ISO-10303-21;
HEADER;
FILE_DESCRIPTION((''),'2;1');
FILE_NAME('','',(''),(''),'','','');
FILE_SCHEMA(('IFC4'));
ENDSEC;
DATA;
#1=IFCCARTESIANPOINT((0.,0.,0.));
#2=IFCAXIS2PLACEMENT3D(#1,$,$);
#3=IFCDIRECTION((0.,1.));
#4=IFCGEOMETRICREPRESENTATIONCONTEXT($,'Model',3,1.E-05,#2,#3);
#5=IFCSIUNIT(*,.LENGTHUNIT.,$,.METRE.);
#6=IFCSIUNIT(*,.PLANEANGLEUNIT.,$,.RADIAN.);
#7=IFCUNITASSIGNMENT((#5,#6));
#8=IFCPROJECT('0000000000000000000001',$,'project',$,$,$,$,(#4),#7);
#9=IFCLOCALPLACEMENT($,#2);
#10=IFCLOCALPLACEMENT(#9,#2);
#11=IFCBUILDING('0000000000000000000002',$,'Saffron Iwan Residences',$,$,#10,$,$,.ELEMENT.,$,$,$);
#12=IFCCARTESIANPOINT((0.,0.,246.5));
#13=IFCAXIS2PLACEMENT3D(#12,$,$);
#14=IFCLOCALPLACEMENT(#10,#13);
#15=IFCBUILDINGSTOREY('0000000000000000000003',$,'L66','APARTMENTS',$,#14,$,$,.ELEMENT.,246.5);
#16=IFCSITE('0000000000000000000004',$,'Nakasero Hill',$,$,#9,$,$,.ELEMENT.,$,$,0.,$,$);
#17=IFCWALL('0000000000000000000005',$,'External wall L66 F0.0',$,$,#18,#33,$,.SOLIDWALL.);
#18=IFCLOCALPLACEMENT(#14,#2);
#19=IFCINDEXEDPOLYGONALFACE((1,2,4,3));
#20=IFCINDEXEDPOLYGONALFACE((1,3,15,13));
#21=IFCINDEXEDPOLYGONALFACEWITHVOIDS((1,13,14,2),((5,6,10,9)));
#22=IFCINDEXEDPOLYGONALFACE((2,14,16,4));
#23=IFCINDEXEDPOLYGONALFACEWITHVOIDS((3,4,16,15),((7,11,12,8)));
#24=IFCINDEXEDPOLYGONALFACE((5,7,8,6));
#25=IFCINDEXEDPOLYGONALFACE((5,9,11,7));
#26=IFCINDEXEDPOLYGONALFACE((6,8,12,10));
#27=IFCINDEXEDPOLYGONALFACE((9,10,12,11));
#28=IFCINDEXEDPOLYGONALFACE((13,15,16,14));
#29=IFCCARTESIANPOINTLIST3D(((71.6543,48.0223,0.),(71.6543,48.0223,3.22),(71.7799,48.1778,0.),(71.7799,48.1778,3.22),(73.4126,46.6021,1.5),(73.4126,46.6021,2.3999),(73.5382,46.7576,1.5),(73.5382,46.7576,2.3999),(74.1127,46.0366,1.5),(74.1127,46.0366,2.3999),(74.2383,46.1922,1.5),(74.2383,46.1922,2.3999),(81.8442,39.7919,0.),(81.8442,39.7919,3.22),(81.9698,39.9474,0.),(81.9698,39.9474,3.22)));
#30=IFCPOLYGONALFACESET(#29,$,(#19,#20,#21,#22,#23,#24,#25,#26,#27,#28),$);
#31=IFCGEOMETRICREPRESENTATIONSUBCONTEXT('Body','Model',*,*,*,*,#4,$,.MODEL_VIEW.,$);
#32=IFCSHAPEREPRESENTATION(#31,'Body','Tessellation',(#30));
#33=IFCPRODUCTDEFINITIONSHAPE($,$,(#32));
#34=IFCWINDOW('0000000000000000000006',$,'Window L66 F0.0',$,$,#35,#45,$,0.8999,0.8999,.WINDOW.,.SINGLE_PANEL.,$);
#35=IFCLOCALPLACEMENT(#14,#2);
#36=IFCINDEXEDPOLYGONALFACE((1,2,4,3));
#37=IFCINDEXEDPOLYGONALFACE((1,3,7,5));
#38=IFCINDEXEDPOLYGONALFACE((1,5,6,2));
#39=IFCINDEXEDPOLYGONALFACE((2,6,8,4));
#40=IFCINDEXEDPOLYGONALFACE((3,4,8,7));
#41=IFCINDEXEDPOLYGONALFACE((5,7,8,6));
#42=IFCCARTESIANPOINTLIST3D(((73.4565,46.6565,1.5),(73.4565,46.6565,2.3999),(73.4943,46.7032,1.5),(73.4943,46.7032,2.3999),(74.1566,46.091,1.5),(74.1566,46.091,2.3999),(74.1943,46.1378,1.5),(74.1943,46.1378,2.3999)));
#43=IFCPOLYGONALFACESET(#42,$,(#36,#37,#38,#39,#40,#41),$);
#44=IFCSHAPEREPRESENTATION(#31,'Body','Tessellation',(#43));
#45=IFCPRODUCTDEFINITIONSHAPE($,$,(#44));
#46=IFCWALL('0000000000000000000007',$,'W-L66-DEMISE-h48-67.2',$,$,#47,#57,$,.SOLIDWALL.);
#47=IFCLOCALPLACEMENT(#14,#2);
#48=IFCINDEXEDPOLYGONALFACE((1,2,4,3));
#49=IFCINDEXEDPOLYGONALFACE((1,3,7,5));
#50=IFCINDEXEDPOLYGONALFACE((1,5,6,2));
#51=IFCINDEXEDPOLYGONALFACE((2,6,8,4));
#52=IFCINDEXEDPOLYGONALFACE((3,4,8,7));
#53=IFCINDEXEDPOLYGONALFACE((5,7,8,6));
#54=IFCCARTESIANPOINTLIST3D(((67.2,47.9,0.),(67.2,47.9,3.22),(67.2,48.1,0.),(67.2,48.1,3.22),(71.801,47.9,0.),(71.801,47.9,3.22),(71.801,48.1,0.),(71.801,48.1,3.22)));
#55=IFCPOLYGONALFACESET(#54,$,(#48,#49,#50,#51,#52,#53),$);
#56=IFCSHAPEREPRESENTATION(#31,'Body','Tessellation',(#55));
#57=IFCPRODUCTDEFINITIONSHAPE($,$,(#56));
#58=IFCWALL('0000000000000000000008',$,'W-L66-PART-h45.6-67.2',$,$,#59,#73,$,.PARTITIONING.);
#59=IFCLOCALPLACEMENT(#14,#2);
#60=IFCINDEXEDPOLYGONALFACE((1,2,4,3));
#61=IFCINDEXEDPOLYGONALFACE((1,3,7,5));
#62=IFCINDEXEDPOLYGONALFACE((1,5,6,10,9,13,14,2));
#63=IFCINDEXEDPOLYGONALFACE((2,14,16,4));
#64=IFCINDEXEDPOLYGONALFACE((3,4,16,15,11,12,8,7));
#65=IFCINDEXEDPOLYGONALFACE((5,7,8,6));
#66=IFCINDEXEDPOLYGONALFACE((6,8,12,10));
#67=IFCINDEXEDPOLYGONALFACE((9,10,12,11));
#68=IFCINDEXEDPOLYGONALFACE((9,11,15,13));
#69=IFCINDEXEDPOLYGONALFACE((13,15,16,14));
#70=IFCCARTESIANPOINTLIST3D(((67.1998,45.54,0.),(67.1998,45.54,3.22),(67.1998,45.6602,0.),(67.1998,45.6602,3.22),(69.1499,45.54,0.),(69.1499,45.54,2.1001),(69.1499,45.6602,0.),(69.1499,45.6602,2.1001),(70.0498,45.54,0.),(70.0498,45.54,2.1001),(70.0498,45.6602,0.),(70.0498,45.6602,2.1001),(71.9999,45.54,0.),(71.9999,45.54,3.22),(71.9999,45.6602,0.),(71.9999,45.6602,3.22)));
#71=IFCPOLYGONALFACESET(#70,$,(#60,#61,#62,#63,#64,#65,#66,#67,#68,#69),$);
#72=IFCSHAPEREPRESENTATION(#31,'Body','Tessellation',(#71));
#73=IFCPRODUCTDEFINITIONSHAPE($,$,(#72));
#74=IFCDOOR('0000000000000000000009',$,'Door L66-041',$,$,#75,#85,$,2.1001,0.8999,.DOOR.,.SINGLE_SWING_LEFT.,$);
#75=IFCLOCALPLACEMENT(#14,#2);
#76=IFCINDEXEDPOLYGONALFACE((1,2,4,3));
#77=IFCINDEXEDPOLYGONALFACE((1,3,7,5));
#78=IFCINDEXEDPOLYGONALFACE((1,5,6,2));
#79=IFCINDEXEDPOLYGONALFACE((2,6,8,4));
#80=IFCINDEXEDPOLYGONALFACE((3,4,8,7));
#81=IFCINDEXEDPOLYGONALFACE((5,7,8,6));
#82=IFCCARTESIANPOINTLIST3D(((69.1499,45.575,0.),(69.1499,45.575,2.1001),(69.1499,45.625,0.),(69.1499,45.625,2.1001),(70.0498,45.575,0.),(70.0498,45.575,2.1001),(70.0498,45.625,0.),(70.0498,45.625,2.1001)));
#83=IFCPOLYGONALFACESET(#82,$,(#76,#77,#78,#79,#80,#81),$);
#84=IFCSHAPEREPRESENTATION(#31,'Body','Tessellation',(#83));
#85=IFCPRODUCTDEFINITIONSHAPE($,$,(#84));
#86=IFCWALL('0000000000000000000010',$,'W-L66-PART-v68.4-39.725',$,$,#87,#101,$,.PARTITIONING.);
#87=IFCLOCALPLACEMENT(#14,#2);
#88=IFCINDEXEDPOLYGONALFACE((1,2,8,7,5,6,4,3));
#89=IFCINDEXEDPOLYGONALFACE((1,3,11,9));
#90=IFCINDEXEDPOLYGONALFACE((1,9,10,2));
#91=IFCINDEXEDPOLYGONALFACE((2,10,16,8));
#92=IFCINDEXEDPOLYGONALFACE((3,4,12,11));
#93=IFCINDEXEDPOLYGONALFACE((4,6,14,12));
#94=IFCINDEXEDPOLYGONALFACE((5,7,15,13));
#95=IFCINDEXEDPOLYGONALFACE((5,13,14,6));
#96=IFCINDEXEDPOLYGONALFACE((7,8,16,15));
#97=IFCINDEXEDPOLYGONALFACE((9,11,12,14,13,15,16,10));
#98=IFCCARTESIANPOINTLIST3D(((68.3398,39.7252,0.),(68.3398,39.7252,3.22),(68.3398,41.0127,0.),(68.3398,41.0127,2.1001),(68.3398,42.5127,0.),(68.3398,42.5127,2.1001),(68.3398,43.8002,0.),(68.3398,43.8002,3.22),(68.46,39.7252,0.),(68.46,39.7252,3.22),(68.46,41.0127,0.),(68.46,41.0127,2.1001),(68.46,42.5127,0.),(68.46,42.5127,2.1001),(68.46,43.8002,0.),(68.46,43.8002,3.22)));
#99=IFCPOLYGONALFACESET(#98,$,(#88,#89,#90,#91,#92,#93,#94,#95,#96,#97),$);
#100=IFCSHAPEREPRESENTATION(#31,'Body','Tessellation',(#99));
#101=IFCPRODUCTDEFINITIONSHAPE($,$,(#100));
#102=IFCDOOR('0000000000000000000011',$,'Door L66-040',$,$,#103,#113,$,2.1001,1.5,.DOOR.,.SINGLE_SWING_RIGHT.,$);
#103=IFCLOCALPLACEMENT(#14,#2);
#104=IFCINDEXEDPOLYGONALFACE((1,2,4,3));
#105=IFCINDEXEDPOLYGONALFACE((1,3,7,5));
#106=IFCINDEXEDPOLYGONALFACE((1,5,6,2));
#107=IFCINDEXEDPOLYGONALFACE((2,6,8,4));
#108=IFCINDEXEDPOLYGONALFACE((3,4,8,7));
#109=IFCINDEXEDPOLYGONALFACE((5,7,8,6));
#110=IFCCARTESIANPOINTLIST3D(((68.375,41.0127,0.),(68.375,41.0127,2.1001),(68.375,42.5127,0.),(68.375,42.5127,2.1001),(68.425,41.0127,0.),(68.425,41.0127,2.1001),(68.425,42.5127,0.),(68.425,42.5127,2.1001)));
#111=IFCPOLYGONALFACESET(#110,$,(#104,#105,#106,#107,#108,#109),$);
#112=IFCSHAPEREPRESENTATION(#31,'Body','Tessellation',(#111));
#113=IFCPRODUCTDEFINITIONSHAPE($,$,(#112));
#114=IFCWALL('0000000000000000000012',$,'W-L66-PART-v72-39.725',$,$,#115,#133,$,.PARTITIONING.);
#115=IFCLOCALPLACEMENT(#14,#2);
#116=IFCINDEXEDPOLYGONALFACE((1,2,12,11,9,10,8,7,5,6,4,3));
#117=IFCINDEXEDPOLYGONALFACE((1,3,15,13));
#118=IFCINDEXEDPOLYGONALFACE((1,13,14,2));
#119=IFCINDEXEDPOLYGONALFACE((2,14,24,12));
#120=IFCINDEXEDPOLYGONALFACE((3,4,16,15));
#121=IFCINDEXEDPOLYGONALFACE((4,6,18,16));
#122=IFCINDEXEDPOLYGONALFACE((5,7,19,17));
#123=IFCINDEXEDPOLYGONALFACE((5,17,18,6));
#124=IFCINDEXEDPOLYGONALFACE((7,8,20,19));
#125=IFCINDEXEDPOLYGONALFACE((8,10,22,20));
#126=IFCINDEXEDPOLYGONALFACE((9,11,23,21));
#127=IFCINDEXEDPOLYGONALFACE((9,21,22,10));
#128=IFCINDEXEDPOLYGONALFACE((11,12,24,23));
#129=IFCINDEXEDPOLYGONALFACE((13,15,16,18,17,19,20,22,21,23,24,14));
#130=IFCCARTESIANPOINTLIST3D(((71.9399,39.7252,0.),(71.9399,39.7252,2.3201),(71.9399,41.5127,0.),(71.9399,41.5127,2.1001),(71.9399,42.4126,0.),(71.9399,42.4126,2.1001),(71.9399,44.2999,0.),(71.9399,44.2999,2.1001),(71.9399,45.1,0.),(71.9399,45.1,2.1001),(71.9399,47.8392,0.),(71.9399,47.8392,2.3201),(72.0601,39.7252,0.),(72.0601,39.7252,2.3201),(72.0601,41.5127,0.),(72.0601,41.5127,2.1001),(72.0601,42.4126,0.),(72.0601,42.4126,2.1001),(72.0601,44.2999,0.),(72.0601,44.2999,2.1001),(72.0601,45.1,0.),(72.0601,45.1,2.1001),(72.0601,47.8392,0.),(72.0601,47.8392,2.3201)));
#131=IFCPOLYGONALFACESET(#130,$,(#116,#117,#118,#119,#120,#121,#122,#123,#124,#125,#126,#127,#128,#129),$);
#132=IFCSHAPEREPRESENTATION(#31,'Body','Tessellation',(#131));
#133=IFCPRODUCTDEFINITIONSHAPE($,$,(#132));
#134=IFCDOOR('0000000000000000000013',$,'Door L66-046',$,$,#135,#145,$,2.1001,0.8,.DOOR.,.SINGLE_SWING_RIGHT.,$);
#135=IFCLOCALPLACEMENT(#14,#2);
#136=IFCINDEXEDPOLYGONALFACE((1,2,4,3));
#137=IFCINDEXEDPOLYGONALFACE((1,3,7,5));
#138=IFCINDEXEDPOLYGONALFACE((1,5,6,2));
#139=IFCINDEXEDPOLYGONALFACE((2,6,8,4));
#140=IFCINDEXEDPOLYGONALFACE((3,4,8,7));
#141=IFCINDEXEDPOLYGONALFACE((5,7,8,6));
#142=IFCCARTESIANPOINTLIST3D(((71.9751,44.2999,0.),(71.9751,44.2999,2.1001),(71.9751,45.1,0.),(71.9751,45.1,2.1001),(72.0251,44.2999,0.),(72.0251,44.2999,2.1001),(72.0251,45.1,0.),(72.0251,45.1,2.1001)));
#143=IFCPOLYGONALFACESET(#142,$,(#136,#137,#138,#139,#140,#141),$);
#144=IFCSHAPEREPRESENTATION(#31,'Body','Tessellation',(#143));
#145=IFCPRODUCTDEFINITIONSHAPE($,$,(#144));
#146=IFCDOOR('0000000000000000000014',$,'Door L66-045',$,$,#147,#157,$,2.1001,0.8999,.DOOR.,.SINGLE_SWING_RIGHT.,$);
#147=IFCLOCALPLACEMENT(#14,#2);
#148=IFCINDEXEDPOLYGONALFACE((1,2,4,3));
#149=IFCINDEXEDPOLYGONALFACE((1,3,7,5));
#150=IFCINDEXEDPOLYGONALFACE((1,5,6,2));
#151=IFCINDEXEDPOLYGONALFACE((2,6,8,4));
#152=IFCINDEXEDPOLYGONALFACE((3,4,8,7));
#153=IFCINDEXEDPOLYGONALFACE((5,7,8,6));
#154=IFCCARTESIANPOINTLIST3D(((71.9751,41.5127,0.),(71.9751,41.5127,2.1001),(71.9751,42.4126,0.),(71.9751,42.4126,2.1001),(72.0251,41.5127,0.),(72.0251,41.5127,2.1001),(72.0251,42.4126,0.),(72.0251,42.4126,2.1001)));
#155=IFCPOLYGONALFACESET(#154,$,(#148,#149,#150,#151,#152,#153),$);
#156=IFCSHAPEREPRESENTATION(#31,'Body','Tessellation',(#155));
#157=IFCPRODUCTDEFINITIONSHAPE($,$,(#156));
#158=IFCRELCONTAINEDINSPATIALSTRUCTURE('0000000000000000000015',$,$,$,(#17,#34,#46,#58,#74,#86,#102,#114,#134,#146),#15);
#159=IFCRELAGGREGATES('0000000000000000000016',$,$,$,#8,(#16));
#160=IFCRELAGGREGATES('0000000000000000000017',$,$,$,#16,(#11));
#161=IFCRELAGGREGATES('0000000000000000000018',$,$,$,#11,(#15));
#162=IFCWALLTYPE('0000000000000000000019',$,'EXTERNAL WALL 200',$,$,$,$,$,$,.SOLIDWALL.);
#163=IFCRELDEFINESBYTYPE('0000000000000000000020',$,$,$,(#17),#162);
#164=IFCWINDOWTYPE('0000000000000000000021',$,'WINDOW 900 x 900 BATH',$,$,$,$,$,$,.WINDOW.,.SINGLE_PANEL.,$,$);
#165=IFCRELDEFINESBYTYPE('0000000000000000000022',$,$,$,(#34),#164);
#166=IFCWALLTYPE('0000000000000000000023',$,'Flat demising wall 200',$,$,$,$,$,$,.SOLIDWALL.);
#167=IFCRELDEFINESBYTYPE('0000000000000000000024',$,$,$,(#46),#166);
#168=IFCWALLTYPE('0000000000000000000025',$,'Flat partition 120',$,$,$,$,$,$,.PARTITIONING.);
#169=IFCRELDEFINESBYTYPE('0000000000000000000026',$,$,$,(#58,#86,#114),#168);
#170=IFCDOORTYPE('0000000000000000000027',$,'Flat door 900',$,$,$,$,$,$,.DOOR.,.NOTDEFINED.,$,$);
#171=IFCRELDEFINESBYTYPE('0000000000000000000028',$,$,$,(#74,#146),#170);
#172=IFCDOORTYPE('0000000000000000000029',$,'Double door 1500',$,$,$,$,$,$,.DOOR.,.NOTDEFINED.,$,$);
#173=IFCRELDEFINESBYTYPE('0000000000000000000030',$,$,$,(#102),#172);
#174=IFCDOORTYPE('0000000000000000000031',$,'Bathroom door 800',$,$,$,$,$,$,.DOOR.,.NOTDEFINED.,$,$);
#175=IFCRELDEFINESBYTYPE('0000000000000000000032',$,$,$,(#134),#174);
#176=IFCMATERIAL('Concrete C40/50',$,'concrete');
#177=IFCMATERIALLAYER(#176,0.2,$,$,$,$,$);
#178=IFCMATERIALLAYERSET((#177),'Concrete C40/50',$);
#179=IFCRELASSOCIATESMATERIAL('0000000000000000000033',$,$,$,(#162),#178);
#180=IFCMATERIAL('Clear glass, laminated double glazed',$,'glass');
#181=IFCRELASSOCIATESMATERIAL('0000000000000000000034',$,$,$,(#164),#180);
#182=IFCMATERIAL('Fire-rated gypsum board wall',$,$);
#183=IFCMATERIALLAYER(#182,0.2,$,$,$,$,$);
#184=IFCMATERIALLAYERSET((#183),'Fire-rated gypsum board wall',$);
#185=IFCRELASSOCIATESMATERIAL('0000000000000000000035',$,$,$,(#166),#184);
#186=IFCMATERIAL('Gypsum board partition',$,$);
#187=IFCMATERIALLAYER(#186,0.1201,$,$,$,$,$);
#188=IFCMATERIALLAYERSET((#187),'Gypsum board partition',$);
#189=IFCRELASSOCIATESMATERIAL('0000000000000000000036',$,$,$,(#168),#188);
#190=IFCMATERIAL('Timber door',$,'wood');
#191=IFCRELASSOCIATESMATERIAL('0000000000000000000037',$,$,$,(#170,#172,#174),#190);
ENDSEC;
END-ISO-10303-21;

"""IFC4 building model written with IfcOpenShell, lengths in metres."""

from ifc_helpers import new_model, si_unit, direction, frame, frame_2d, origin, place, context, subcontext, project, spatial, rectangle, extrude, material, layer, layer_set, type_object, element, fill, save


model = new_model("IFC4")

# Units and contexts
model_context = context("Model", 3, precision=1e-05, world=origin(), true_north=direction((0.0, 1.0)))
body_context = subcontext(model_context, "Body", "Model", "MODEL_VIEW")
ifc_project = project(units=[si_unit("LENGTHUNIT", "METRE"), si_unit("PLANEANGLEUNIT", "RADIAN")], contexts=[model_context])

# Site, building, storey
site_placement = place(None, origin())
site = spatial("IfcSite", under=ifc_project, at=site_placement, Name="Nakasero Hill", CompositionType="ELEMENT", RefElevation=0.0)
building_placement = place(site_placement, origin())
building = spatial("IfcBuilding", under=site, at=building_placement, Name="Saffron Iwan Residences", CompositionType="ELEMENT")
storey_placement = place(building_placement, frame((0.0, 0.0, 246.5)))
storey = spatial("IfcBuildingStorey", under=building, at=storey_placement, Name="L66", Description="APARTMENTS", CompositionType="ELEMENT", Elevation=246.5)

# Shared definitions
ifc_material_1 = material(Name="Concrete C40/50", Category="concrete")

# Wall, opening, window
ifc_layer_1 = layer(ifc_material_1, 0.2)
ifc_layer_set_1 = layer_set([ifc_layer_1], Name="Concrete C40/50")
wall_type_1 = type_object("IfcWallType", Name="EXTERNAL WALL 200", PredefinedType="SOLIDWALL", material=ifc_layer_set_1)
wall_1_placement = place(storey_placement, frame((81.907, 39.8696, 0.0), z_axis=(0.0, 0.0, 1.0), x_axis=(-0.777936, 0.628343, 0.0)))
wall_1 = element("IfcWall", 1, at=wall_1_placement, inside=storey, type_object=wall_type_1, Name="External wall L66 F0.0", PredefinedType="SOLIDWALL", context=body_context, shape_type="SweptSolid", body=[
    extrude(rectangle(XDim=13.0986, YDim=0.2, at=frame_2d((6.5493, 0.0))), origin(), (0.0, 0.0, 1.0), 3.22),
])
opening_1_placement = place(wall_1_placement, frame((9.9385, 0.0, 1.5)))
opening_1 = element("IfcOpeningElement", 2, at=opening_1_placement, cuts=wall_1, PredefinedType="OPENING", context=body_context, shape_type="SweptSolid", body=[
    extrude(rectangle(XDim=0.8999, YDim=0.8999, at=frame_2d((0.45, 0.45))), frame((0.0, 0.1099, 0.0), z_axis=(0.0, -1.0, 0.0), x_axis=(1.0, 0.0, 0.0)), (0.0, 0.0, 1.0), 0.22),
])
ifc_material_2 = material(Name="Clear glass, laminated double glazed", Category="glass")
window_type = type_object("IfcWindowType", Name="WINDOW 900 x 900 BATH", PartitioningType="SINGLE_PANEL", PredefinedType="WINDOW", material=ifc_material_2)
window_placement = place(opening_1_placement, origin())
window = element("IfcWindow", 3, at=window_placement, inside=storey, type_object=window_type, Name="Window L66 F0.0", OverallHeight=0.8999, OverallWidth=0.8999, PartitioningType="SINGLE_PANEL", PredefinedType="WINDOW", context=body_context, shape_type="SweptSolid", body=[
    extrude(rectangle(XDim=0.8999, YDim=0.8999, at=frame_2d((0.45, 0.45))), frame((0.0, 0.03, 0.0), z_axis=(0.0, -1.0, 0.0), x_axis=(1.0, 0.0, 0.0)), (0.0, 0.0, 1.0), 0.0601),
])
fill(opening_1, window)

# Wall
ifc_material_3 = material(Name="Fire-rated gypsum board wall")
ifc_layer_2 = layer(ifc_material_3, 0.2)
ifc_layer_set_2 = layer_set([ifc_layer_2], Name="Fire-rated gypsum board wall")
wall_type_2 = type_object("IfcWallType", Name="Flat demising wall 200", PredefinedType="SOLIDWALL", material=ifc_layer_set_2)
wall_2_placement = place(storey_placement, frame((67.2, 48.0, 0.0), z_axis=(0.0, 0.0, 1.0), x_axis=(1.0, 0.0, 0.0)))
element("IfcWall", 4, at=wall_2_placement, inside=storey, type_object=wall_type_2, Name="W-L66-DEMISE-h48-67.2", PredefinedType="SOLIDWALL", context=body_context, shape_type="SweptSolid", body=[
    extrude(rectangle(XDim=4.6011, YDim=0.2, at=frame_2d((2.3005, 0.0))), origin(), (0.0, 0.0, 1.0), 3.22),
])

# Walls, openings, doors
ifc_material_4 = material(Name="Gypsum board partition")
ifc_layer_3 = layer(ifc_material_4, 0.1201)
ifc_layer_set_3 = layer_set([ifc_layer_3], Name="Gypsum board partition")
wall_type_3 = type_object("IfcWallType", Name="Flat partition 120", PredefinedType="PARTITIONING", material=ifc_layer_set_3)
wall_3_placement = place(storey_placement, frame((67.2, 45.6001, 0.0), z_axis=(0.0, 0.0, 1.0), x_axis=(1.0, 0.0, 0.0)))
wall_3 = element("IfcWall", 5, at=wall_3_placement, inside=storey, type_object=wall_type_3, Name="W-L66-PART-h45.6-67.2", PredefinedType="PARTITIONING", context=body_context, shape_type="SweptSolid", body=[
    extrude(rectangle(XDim=4.8, YDim=0.1201, at=frame_2d((2.3999, 0.0))), origin(), (0.0, 0.0, 1.0), 3.22),
])
opening_2_placement = place(wall_3_placement, frame((1.95, 0.0, 0.0)))
opening_2 = element("IfcOpeningElement", 6, at=opening_2_placement, cuts=wall_3, PredefinedType="OPENING", context=body_context, shape_type="SweptSolid", body=[
    extrude(rectangle(XDim=0.8999, YDim=2.1001, at=frame_2d((0.45, 1.05))), frame((0.0, 0.0701, 0.0), z_axis=(0.0, -1.0, 0.0), x_axis=(1.0, 0.0, 0.0)), (0.0, 0.0, 1.0), 0.1401),
])
ifc_material_5 = material(Name="Timber door", Category="wood")
door_type_1 = type_object("IfcDoorType", Name="Flat door 900", OperationType="NOTDEFINED", PredefinedType="DOOR", material=ifc_material_5)
door_1_placement = place(opening_2_placement, origin())
door_1 = element("IfcDoor", 7, at=door_1_placement, inside=storey, type_object=door_type_1, Name="Door L66-041", OperationType="SINGLE_SWING_LEFT", OverallHeight=2.1001, OverallWidth=0.8999, PredefinedType="DOOR", context=body_context, shape_type="SweptSolid", body=[
    extrude(rectangle(XDim=0.8999, YDim=2.1001, at=frame_2d((0.45, 1.05))), frame((0.0, 0.0249, 0.0), z_axis=(0.0, -1.0, 0.0), x_axis=(1.0, 0.0, 0.0)), (0.0, 0.0, 1.0), 0.05),
])
fill(opening_2, door_1)
wall_4_placement = place(storey_placement, frame((68.3999, 39.7251, 0.0), z_axis=(0.0, 0.0, 1.0), x_axis=(0.0, 1.0, 0.0)))
wall_4 = element("IfcWall", 8, at=wall_4_placement, inside=storey, type_object=wall_type_3, Name="W-L66-PART-v68.4-39.725", PredefinedType="PARTITIONING", context=body_context, shape_type="SweptSolid", body=[
    extrude(rectangle(XDim=4.075, YDim=0.1201, at=frame_2d((2.0376, 0.0))), origin(), (0.0, 0.0, 1.0), 3.22),
])
opening_3_placement = place(wall_4_placement, frame((1.2876, 0.0, 0.0)))
opening_3 = element("IfcOpeningElement", 9, at=opening_3_placement, cuts=wall_4, PredefinedType="OPENING", context=body_context, shape_type="SweptSolid", body=[
    extrude(rectangle(XDim=1.5, YDim=2.1001, at=frame_2d((0.75, 1.05))), frame((0.0, 0.0701, 0.0), z_axis=(0.0, -1.0, 0.0), x_axis=(1.0, 0.0, 0.0)), (0.0, 0.0, 1.0), 0.1401),
])
door_type_2 = type_object("IfcDoorType", Name="Double door 1500", OperationType="NOTDEFINED", PredefinedType="DOOR", material=ifc_material_5)
door_2_placement = place(opening_3_placement, origin())
door_2 = element("IfcDoor", 10, at=door_2_placement, inside=storey, type_object=door_type_2, Name="Door L66-040", OperationType="SINGLE_SWING_RIGHT", OverallHeight=2.1001, OverallWidth=1.5, PredefinedType="DOOR", context=body_context, shape_type="SweptSolid", body=[
    extrude(rectangle(XDim=1.5, YDim=2.1001, at=frame_2d((0.75, 1.05))), frame((0.0, 0.0249, 0.0), z_axis=(0.0, -1.0, 0.0), x_axis=(1.0, 0.0, 0.0)), (0.0, 0.0, 1.0), 0.05),
])
fill(opening_3, door_2)

# Wall, openings, doors
wall_5_placement = place(storey_placement, frame((72.0, 39.7251, 0.0), z_axis=(0.0, 0.0, 1.0), x_axis=(0.0, 1.0, 0.0)))
wall_5 = element("IfcWall", 11, at=wall_5_placement, inside=storey, type_object=wall_type_3, Name="W-L66-PART-v72-39.725", PredefinedType="PARTITIONING", context=body_context, shape_type="SweptSolid", body=[
    extrude(rectangle(XDim=8.114, YDim=0.1201, at=frame_2d((4.0571, 0.0))), origin(), (0.0, 0.0, 1.0), 2.3201),
])
opening_4_placement = place(wall_5_placement, frame((1.7876, 0.0, 0.0)))
opening_4 = element("IfcOpeningElement", 12, at=opening_4_placement, cuts=wall_5, PredefinedType="OPENING", context=body_context, shape_type="SweptSolid", body=[
    extrude(rectangle(XDim=0.8999, YDim=2.1001, at=frame_2d((0.45, 1.05))), frame((0.0, 0.0701, 0.0), z_axis=(0.0, -1.0, 0.0), x_axis=(1.0, 0.0, 0.0)), (0.0, 0.0, 1.0), 0.1401),
])
opening_5_placement = place(wall_5_placement, frame((4.575, 0.0, 0.0)))
opening_5 = element("IfcOpeningElement", 13, at=opening_5_placement, cuts=wall_5, PredefinedType="OPENING", context=body_context, shape_type="SweptSolid", body=[
    extrude(rectangle(XDim=0.8, YDim=2.1001, at=frame_2d((0.3999, 1.05))), frame((0.0, 0.0701, 0.0), z_axis=(0.0, -1.0, 0.0), x_axis=(1.0, 0.0, 0.0)), (0.0, 0.0, 1.0), 0.1401),
])
door_type_3 = type_object("IfcDoorType", Name="Bathroom door 800", OperationType="NOTDEFINED", PredefinedType="DOOR", material=ifc_material_5)
door_3_placement = place(opening_5_placement, origin())
door_3 = element("IfcDoor", 14, at=door_3_placement, inside=storey, type_object=door_type_3, Name="Door L66-046", OperationType="SINGLE_SWING_RIGHT", OverallHeight=2.1001, OverallWidth=0.8, PredefinedType="DOOR", context=body_context, shape_type="SweptSolid", body=[
    extrude(rectangle(XDim=0.8, YDim=2.1001, at=frame_2d((0.3999, 1.05))), frame((0.0, 0.0249, 0.0), z_axis=(0.0, -1.0, 0.0), x_axis=(1.0, 0.0, 0.0)), (0.0, 0.0, 1.0), 0.05),
])
fill(opening_5, door_3)
door_4_placement = place(opening_4_placement, origin())
door_4 = element("IfcDoor", 15, at=door_4_placement, inside=storey, type_object=door_type_1, Name="Door L66-045", OperationType="SINGLE_SWING_RIGHT", OverallHeight=2.1001, OverallWidth=0.8999, PredefinedType="DOOR", context=body_context, shape_type="SweptSolid", body=[
    extrude(rectangle(XDim=0.8999, YDim=2.1001, at=frame_2d((0.45, 1.05))), frame((0.0, 0.0249, 0.0), z_axis=(0.0, -1.0, 0.0), x_axis=(1.0, 0.0, 0.0)), (0.0, 0.0, 1.0), 0.05),
])
fill(opening_4, door_4)

save(model, "model.ifc")
